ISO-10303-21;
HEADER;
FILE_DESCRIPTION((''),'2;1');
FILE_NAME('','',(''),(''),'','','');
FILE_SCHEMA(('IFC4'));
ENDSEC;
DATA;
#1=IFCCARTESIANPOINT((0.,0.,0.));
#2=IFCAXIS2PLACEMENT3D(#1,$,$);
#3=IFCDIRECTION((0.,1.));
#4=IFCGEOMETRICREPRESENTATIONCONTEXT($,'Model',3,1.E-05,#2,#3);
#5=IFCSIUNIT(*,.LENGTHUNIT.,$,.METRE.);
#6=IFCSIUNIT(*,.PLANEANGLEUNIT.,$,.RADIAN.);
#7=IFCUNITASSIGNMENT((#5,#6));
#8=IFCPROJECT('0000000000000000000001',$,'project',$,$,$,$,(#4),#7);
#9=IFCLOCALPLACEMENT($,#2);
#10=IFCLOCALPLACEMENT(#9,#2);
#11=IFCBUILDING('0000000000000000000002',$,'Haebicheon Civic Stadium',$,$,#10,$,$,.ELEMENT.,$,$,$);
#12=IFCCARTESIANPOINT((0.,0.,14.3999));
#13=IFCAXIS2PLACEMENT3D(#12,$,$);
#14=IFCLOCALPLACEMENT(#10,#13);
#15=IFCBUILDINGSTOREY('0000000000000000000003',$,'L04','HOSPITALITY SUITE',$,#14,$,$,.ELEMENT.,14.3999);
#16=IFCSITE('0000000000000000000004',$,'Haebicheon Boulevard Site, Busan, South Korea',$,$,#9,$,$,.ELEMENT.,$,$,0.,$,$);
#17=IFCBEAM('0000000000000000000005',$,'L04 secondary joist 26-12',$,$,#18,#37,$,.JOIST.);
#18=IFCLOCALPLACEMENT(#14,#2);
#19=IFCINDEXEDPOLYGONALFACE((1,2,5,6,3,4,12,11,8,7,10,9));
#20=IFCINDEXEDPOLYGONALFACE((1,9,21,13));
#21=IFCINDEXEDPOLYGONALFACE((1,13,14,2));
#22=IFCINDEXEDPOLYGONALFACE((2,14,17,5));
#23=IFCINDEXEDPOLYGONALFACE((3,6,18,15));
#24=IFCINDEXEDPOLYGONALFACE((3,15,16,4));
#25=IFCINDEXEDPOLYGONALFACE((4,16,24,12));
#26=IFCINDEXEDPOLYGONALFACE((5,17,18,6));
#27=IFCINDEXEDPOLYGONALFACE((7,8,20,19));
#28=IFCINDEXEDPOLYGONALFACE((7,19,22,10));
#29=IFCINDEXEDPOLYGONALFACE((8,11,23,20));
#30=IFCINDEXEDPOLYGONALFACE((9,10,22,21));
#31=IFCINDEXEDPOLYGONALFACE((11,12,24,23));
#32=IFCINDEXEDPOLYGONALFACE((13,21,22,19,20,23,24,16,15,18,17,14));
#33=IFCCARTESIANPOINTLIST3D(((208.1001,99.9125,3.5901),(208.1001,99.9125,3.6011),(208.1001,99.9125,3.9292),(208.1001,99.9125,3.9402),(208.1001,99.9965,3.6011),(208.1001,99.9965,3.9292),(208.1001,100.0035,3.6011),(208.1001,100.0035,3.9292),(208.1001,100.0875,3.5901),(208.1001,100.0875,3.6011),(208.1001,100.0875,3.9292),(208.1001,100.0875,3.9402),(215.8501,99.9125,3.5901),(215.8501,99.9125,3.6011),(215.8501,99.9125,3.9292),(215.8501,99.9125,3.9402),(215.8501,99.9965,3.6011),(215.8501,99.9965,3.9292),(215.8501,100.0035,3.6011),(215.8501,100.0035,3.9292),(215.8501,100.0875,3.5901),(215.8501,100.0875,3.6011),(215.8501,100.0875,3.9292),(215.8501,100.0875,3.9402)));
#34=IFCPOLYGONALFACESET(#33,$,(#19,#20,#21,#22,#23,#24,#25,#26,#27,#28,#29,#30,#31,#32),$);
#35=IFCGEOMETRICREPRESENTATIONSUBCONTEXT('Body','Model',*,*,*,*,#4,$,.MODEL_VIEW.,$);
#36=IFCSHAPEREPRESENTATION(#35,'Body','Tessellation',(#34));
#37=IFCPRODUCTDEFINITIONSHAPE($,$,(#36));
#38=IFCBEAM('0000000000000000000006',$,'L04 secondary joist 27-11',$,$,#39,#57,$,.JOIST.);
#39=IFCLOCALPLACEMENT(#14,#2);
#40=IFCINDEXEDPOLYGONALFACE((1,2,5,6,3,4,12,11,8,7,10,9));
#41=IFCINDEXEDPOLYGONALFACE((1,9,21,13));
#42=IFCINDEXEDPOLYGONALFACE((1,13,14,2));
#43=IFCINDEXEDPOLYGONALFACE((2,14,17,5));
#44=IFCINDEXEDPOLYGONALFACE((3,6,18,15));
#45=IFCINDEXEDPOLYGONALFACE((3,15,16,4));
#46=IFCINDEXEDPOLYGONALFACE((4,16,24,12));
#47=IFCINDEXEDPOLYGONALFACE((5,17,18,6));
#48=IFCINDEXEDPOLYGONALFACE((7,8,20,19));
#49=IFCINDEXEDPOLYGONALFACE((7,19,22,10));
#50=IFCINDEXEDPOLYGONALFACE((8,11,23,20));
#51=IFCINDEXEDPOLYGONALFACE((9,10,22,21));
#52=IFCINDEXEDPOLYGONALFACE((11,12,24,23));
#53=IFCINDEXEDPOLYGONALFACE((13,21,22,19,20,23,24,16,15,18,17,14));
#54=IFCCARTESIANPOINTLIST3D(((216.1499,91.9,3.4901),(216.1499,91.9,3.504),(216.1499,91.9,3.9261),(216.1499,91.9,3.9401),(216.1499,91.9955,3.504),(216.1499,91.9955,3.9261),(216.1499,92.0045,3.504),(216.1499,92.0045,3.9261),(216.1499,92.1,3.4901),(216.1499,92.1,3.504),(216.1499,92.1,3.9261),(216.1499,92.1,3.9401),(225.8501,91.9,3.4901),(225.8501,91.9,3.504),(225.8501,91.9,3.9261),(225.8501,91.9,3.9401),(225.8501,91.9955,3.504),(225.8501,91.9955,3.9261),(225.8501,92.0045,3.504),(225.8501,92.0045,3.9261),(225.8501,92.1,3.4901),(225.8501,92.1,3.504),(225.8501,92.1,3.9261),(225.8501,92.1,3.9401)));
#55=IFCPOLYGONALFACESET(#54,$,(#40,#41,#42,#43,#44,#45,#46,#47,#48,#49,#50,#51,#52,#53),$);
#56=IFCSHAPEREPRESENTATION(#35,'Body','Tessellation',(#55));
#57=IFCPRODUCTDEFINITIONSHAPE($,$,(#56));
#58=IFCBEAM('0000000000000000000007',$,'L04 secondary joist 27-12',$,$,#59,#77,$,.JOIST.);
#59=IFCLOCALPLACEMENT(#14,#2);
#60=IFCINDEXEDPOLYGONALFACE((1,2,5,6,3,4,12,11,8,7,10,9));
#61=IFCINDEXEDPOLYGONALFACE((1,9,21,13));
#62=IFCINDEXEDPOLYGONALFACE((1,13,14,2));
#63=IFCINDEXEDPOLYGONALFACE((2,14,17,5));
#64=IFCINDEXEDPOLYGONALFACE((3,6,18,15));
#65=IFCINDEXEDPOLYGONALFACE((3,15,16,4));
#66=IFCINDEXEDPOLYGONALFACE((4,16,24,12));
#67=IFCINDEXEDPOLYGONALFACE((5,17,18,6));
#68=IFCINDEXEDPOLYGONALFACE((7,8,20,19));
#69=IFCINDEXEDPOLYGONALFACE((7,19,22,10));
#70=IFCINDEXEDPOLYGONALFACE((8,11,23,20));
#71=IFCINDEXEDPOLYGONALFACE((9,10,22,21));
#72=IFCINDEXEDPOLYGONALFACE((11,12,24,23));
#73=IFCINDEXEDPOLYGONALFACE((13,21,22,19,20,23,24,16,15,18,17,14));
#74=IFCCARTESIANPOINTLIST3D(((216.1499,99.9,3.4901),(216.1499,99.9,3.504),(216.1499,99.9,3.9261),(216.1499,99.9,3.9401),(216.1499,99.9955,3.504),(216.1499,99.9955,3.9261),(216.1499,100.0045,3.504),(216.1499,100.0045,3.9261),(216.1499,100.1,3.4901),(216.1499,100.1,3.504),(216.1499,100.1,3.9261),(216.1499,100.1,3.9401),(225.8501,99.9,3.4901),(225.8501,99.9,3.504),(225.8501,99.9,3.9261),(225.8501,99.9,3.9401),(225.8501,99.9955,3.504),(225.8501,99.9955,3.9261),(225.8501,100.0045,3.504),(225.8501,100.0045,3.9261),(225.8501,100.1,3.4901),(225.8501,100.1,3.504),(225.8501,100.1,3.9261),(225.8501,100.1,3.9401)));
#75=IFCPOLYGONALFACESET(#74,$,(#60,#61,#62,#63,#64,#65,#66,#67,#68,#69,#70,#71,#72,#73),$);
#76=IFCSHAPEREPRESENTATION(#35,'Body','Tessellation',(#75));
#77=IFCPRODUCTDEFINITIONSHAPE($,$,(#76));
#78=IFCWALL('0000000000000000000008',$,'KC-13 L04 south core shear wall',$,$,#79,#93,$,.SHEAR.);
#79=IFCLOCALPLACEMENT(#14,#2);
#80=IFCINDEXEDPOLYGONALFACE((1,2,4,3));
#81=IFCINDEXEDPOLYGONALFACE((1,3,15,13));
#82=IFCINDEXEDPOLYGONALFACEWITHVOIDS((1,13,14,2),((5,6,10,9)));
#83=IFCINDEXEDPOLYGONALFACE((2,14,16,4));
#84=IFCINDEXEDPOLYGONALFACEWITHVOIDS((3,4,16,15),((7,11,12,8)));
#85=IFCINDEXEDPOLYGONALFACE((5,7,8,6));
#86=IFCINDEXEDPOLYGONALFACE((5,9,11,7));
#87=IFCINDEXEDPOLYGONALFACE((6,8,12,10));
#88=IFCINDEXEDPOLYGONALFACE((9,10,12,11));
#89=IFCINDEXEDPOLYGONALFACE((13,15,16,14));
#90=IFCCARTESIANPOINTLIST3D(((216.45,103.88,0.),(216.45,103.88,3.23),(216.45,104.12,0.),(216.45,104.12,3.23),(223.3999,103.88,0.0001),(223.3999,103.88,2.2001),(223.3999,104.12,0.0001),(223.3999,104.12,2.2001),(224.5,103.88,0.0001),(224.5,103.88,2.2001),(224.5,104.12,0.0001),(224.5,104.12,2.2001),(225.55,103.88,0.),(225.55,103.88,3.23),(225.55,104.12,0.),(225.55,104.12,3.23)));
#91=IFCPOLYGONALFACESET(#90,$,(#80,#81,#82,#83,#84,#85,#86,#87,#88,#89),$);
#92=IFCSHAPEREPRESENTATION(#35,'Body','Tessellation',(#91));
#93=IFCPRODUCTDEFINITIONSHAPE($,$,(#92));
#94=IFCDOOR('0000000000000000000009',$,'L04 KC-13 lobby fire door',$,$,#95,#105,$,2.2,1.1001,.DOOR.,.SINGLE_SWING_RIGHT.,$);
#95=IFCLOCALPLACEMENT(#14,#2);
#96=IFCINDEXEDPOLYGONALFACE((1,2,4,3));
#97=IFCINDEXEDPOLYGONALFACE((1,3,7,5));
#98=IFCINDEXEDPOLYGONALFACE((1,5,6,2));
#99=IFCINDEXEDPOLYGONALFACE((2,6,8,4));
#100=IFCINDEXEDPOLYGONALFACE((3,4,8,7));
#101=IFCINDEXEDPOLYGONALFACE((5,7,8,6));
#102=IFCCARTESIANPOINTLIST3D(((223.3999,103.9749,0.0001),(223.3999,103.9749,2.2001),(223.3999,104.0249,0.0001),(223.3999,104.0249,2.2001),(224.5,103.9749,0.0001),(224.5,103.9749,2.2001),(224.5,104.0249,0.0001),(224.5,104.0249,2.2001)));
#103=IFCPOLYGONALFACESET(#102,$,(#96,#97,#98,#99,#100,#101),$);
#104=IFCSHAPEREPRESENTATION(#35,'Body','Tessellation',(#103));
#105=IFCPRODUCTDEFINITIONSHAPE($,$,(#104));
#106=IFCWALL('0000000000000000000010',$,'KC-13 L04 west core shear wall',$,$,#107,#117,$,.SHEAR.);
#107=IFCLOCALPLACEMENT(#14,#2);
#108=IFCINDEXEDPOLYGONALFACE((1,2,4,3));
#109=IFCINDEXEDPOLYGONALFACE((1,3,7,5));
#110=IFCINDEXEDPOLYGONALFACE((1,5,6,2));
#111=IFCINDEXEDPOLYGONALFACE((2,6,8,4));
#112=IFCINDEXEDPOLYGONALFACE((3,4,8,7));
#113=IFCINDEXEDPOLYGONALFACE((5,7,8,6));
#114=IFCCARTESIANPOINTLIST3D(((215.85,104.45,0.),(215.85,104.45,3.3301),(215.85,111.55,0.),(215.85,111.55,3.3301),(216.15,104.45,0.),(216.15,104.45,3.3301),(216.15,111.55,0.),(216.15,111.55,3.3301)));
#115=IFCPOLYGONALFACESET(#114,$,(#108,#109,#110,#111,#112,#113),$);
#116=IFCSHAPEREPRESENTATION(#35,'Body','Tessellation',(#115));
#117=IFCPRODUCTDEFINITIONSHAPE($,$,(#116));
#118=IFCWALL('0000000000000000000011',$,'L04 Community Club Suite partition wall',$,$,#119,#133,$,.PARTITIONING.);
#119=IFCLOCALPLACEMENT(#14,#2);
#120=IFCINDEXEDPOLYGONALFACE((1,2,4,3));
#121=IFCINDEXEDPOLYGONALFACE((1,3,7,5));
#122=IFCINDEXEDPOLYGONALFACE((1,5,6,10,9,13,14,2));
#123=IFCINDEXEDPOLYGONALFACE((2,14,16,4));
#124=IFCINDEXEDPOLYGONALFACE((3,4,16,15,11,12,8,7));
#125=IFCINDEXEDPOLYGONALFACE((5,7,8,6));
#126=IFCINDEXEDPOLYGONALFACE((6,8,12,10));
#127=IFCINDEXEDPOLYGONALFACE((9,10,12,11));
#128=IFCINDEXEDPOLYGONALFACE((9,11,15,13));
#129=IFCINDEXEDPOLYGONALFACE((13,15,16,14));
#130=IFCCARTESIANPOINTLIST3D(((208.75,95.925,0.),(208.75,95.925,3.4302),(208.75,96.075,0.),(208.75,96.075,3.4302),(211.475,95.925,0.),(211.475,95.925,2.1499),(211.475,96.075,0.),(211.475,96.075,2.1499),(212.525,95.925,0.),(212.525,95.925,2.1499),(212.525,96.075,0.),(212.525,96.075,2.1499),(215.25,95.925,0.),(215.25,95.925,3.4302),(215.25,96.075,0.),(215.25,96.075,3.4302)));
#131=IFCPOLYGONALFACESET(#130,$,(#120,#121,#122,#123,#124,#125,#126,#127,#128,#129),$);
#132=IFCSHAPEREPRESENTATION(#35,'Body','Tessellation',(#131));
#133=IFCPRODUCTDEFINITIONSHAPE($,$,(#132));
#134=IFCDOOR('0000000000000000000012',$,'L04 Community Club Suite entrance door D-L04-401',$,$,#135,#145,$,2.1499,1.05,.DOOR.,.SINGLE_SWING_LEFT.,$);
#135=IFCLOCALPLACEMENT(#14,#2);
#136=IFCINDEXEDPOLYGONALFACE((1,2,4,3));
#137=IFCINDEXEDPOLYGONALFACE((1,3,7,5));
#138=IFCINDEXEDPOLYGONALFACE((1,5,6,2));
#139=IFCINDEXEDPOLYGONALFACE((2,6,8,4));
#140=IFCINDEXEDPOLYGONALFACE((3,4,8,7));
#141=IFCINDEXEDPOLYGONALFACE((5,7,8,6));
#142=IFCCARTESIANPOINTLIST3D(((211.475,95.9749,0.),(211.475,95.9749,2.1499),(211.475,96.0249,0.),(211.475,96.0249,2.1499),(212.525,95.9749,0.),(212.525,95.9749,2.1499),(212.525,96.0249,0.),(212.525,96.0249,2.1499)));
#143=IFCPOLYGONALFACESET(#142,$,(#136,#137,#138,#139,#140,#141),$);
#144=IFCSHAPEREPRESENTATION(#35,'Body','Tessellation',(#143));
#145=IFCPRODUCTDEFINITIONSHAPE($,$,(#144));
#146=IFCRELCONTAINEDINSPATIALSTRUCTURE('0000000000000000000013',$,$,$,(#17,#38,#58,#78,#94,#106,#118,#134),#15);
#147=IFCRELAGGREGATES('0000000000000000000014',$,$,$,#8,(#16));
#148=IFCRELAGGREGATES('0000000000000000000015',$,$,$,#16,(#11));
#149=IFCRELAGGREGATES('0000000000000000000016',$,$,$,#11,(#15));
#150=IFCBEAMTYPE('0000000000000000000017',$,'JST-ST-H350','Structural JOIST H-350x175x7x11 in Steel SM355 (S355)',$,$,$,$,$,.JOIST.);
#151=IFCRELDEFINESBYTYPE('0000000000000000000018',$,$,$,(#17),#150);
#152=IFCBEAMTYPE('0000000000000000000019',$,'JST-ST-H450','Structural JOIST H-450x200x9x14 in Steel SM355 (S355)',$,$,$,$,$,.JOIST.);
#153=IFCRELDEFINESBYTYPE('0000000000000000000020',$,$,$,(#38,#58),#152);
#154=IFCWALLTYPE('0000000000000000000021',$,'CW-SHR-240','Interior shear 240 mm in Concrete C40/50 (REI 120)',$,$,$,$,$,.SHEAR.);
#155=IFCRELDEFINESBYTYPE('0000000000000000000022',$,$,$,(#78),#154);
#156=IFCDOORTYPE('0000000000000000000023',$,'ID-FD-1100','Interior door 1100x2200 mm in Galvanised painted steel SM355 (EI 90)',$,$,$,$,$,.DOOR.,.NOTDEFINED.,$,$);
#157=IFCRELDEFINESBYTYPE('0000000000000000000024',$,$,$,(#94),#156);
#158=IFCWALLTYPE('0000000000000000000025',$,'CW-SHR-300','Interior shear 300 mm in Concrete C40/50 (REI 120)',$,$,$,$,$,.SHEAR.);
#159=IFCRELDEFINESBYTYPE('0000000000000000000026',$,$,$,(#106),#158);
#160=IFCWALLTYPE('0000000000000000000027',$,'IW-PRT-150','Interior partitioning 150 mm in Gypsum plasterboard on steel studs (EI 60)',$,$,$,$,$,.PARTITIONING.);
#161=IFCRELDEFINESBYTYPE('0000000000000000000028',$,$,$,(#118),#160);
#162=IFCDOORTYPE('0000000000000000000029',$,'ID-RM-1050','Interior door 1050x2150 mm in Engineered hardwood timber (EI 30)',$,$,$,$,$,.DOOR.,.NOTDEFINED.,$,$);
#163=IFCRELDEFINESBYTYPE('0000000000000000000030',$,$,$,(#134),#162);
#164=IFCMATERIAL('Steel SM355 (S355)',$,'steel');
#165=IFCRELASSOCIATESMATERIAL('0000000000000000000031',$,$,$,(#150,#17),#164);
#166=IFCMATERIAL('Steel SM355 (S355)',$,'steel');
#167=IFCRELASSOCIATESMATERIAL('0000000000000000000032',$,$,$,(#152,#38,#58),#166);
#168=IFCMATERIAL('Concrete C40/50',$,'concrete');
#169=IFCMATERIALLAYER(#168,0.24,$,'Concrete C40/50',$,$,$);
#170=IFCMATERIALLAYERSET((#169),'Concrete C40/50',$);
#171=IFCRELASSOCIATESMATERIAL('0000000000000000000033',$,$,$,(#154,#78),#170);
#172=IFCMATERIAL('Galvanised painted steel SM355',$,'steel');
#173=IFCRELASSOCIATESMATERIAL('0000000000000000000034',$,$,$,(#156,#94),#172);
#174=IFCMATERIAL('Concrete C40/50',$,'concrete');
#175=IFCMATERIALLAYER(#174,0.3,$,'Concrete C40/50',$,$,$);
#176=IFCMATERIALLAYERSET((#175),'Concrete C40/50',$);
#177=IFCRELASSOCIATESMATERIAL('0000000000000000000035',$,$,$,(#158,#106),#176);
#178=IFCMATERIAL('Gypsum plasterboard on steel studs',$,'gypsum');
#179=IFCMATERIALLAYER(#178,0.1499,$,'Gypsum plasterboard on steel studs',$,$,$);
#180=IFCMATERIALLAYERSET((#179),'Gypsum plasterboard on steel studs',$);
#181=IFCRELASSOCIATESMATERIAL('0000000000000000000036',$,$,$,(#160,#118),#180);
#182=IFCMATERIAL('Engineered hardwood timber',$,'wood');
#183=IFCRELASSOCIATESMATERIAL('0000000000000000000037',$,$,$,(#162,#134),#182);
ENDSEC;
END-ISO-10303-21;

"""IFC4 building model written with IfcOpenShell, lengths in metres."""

from ifc_helpers import new_model, si_unit, direction, frame, frame_2d, origin, origin_2d, place, context, subcontext, project, spatial, rectangle, i_section, extrude, material, layer, layer_set, material_profile, profile_set, type_object, element, fill, save


model = new_model("IFC4")

# Units and contexts
model_context = context("Model", 3, precision=1e-05, world=origin(), true_north=direction((0.0, 1.0)))
body_context = subcontext(model_context, "Body", "Model", "MODEL_VIEW")
ifc_project = project(units=[si_unit("LENGTHUNIT", "METRE"), si_unit("PLANEANGLEUNIT", "RADIAN")], contexts=[model_context])

# Site, building, storey
site_placement = place(None, origin())
site = spatial("IfcSite", under=ifc_project, at=site_placement, Name="Haebicheon Boulevard Site, Busan, South Korea", CompositionType="ELEMENT", RefElevation=0.0)
building_placement = place(site_placement, origin())
building = spatial("IfcBuilding", under=site, at=building_placement, Name="Haebicheon Civic Stadium", CompositionType="ELEMENT")
storey_placement = place(building_placement, frame((0.0, 0.0, 14.3999)))
storey = spatial("IfcBuildingStorey", under=building, at=storey_placement, Name="L04", Description="HOSPITALITY SUITE", CompositionType="ELEMENT", Elevation=14.3999)

# Beams
ifc_material_1 = material(Name="Steel SM355 (S355)", Category="steel")
ifc_material_profile_1 = material_profile(ifc_material_1, i_section(OverallWidth=0.175, OverallDepth=0.3501, WebThickness=0.0071, FlangeThickness=0.011, at=origin_2d()), Name="H-350x175x7x11")
ifc_profile_set_1 = profile_set([ifc_material_profile_1], Name="Steel SM355 (S355)")
beam_type_1 = type_object("IfcBeamType", Name="JST-ST-H350", Description="Structural JOIST H-350x175x7x11 in Steel SM355 (S355)", PredefinedType="JOIST", material=ifc_profile_set_1)
for number, where, z_axis, x_axis, name in (
    (1, (208.1001, 100.0, 3.7651), (1.0, 0.0, 0.0), (0.0, 1.0, 0.0), "L04 secondary joist 26-12"),
):
    element("IfcBeam", number, at=place(storey_placement, frame(where, z_axis=z_axis, x_axis=x_axis)), inside=storey, type_object=beam_type_1, material=ifc_profile_set_1, Name=name, PredefinedType="JOIST", context=body_context, shape_type="SweptSolid", body=[
        extrude(i_section(OverallWidth=0.175, OverallDepth=0.3501, WebThickness=0.0071, FlangeThickness=0.011, at=origin_2d()), origin(), (0.0, 0.0, 1.0), 7.75),
    ])
ifc_material_2 = material(Name="Steel SM355 (S355)", Category="steel")
ifc_material_profile_2 = material_profile(ifc_material_2, i_section(OverallWidth=0.2, OverallDepth=0.45, WebThickness=0.009, FlangeThickness=0.0139, at=origin_2d()), Name="H-450x200x9x14")
ifc_profile_set_2 = profile_set([ifc_material_profile_2], Name="Steel SM355 (S355)")
beam_type_2 = type_object("IfcBeamType", Name="JST-ST-H450", Description="Structural JOIST H-450x200x9x14 in Steel SM355 (S355)", PredefinedType="JOIST", material=ifc_profile_set_2)
for number, where, z_axis, x_axis, name in (
    (2, (216.1499, 92.0, 3.7151), (1.0, 0.0, 0.0), (0.0, 1.0, 0.0), "L04 secondary joist 27-11"),
    (3, (216.1499, 100.0, 3.7151), (1.0, 0.0, 0.0), (0.0, 1.0, 0.0), "L04 secondary joist 27-12"),
):
    element("IfcBeam", number, at=place(storey_placement, frame(where, z_axis=z_axis, x_axis=x_axis)), inside=storey, type_object=beam_type_2, material=ifc_profile_set_2, Name=name, PredefinedType="JOIST", context=body_context, shape_type="SweptSolid", body=[
        extrude(i_section(OverallWidth=0.2, OverallDepth=0.45, WebThickness=0.009, FlangeThickness=0.0139, at=origin_2d()), origin(), (0.0, 0.0, 1.0), 9.7002),
    ])

# Wall, opening, door
ifc_material_3 = material(Name="Concrete C40/50", Category="concrete")
ifc_layer_1 = layer(ifc_material_3, 0.24, Name="Concrete C40/50")
ifc_layer_set_1 = layer_set([ifc_layer_1], Name="Concrete C40/50")
wall_type_1 = type_object("IfcWallType", Name="CW-SHR-240", Description="Interior shear 240 mm in Concrete C40/50 (REI 120)", PredefinedType="SHEAR", material=ifc_layer_set_1)
wall_1_placement = place(storey_placement, frame((216.45, 104.0, 0.0), z_axis=(0.0, 0.0, 1.0), x_axis=(1.0, 0.0, 0.0)))
wall_1 = element("IfcWall", 4, at=wall_1_placement, inside=storey, type_object=wall_type_1, material=ifc_layer_set_1, Name="KC-13 L04 south core shear wall", PredefinedType="SHEAR", context=body_context, shape_type="SweptSolid", body=[
    extrude(rectangle(XDim=9.1001, YDim=0.24, at=frame_2d((4.55, 0.0))), origin(), (0.0, 0.0, 1.0), 3.23),
])
opening_1_placement = place(wall_1_placement, frame((6.95, 0.0, 0.0)))
opening_1 = element("IfcOpeningElement", 5, at=opening_1_placement, cuts=wall_1, PredefinedType="OPENING", context=body_context, shape_type="SweptSolid", body=[
    extrude(rectangle(XDim=1.1001, YDim=2.2, at=frame_2d((0.55, 1.1001))), frame((0.0, 0.1299, 0.0), z_axis=(0.0, -1.0, 0.0), x_axis=(1.0, 0.0, 0.0)), (0.0, 0.0, 1.0), 0.26),
])
ifc_material_4 = material(Name="Galvanised painted steel SM355", Category="steel")
door_type_1 = type_object("IfcDoorType", Name="ID-FD-1100", Description="Interior door 1100x2200 mm in Galvanised painted steel SM355 (EI 90)", OperationType="NOTDEFINED", PredefinedType="DOOR", material=ifc_material_4)
door_1_placement = place(opening_1_placement, origin())
door_1 = element("IfcDoor", 6, at=door_1_placement, inside=storey, type_object=door_type_1, material=ifc_material_4, Name="L04 KC-13 lobby fire door", OperationType="SINGLE_SWING_RIGHT", OverallHeight=2.2, OverallWidth=1.1001, PredefinedType="DOOR", context=body_context, shape_type="SweptSolid", body=[
    extrude(rectangle(XDim=1.1001, YDim=2.2, at=frame_2d((0.55, 1.1001))), frame((0.0, 0.0249, 0.0), z_axis=(0.0, -1.0, 0.0), x_axis=(1.0, 0.0, 0.0)), (0.0, 0.0, 1.0), 0.05),
])
fill(opening_1, door_1)

# Wall
ifc_material_5 = material(Name="Concrete C40/50", Category="concrete")
ifc_layer_2 = layer(ifc_material_5, 0.3, Name="Concrete C40/50")
ifc_layer_set_2 = layer_set([ifc_layer_2], Name="Concrete C40/50")
wall_type_2 = type_object("IfcWallType", Name="CW-SHR-300", Description="Interior shear 300 mm in Concrete C40/50 (REI 120)", PredefinedType="SHEAR", material=ifc_layer_set_2)
wall_2_placement = place(storey_placement, frame((216.0, 104.45, 0.0), z_axis=(0.0, 0.0, 1.0), x_axis=(0.0, 1.0, 0.0)))
element("IfcWall", 7, at=wall_2_placement, inside=storey, type_object=wall_type_2, material=ifc_layer_set_2, Name="KC-13 L04 west core shear wall", PredefinedType="SHEAR", context=body_context, shape_type="SweptSolid", body=[
    extrude(rectangle(XDim=7.1001, YDim=0.3, at=frame_2d((3.55, 0.0))), origin(), (0.0, 0.0, 1.0), 3.3301),
])

# Wall, opening, door
ifc_material_6 = material(Name="Gypsum plasterboard on steel studs", Category="gypsum")
ifc_layer_3 = layer(ifc_material_6, 0.1499, Name="Gypsum plasterboard on steel studs")
ifc_layer_set_3 = layer_set([ifc_layer_3], Name="Gypsum plasterboard on steel studs")
wall_type_3 = type_object("IfcWallType", Name="IW-PRT-150", Description="Interior partitioning 150 mm in Gypsum plasterboard on steel studs (EI 60)", PredefinedType="PARTITIONING", material=ifc_layer_set_3)
wall_3_placement = place(storey_placement, frame((208.75, 96.0, 0.0), z_axis=(0.0, 0.0, 1.0), x_axis=(1.0, 0.0, 0.0)))
wall_3 = element("IfcWall", 8, at=wall_3_placement, inside=storey, type_object=wall_type_3, material=ifc_layer_set_3, Name="L04 Community Club Suite partition wall", PredefinedType="PARTITIONING", context=body_context, shape_type="SweptSolid", body=[
    extrude(rectangle(XDim=6.5, YDim=0.1499, at=frame_2d((3.25, 0.0))), origin(), (0.0, 0.0, 1.0), 3.4302),
])
opening_2_placement = place(wall_3_placement, frame((2.7251, 0.0, 0.0)))
opening_2 = element("IfcOpeningElement", 9, at=opening_2_placement, cuts=wall_3, PredefinedType="OPENING", context=body_context, shape_type="SweptSolid", body=[
    extrude(rectangle(XDim=1.05, YDim=2.1499, at=frame_2d((0.5249, 1.075))), frame((0.0, 0.085, 0.0), z_axis=(0.0, -1.0, 0.0), x_axis=(1.0, 0.0, 0.0)), (0.0, 0.0, 1.0), 0.1699),
])
ifc_material_7 = material(Name="Engineered hardwood timber", Category="wood")
door_type_2 = type_object("IfcDoorType", Name="ID-RM-1050", Description="Interior door 1050x2150 mm in Engineered hardwood timber (EI 30)", OperationType="NOTDEFINED", PredefinedType="DOOR", material=ifc_material_7)
door_2_placement = place(opening_2_placement, origin())
door_2 = element("IfcDoor", 10, at=door_2_placement, inside=storey, type_object=door_type_2, material=ifc_material_7, Name="L04 Community Club Suite entrance door D-L04-401", OperationType="SINGLE_SWING_LEFT", OverallHeight=2.1499, OverallWidth=1.05, PredefinedType="DOOR", context=body_context, shape_type="SweptSolid", body=[
    extrude(rectangle(XDim=1.05, YDim=2.1499, at=frame_2d((0.5249, 1.075))), frame((0.0, 0.0249, 0.0), z_axis=(0.0, -1.0, 0.0), x_axis=(1.0, 0.0, 0.0)), (0.0, 0.0, 1.0), 0.05),
])
fill(opening_2, door_2)

save(model, "model.ifc")
